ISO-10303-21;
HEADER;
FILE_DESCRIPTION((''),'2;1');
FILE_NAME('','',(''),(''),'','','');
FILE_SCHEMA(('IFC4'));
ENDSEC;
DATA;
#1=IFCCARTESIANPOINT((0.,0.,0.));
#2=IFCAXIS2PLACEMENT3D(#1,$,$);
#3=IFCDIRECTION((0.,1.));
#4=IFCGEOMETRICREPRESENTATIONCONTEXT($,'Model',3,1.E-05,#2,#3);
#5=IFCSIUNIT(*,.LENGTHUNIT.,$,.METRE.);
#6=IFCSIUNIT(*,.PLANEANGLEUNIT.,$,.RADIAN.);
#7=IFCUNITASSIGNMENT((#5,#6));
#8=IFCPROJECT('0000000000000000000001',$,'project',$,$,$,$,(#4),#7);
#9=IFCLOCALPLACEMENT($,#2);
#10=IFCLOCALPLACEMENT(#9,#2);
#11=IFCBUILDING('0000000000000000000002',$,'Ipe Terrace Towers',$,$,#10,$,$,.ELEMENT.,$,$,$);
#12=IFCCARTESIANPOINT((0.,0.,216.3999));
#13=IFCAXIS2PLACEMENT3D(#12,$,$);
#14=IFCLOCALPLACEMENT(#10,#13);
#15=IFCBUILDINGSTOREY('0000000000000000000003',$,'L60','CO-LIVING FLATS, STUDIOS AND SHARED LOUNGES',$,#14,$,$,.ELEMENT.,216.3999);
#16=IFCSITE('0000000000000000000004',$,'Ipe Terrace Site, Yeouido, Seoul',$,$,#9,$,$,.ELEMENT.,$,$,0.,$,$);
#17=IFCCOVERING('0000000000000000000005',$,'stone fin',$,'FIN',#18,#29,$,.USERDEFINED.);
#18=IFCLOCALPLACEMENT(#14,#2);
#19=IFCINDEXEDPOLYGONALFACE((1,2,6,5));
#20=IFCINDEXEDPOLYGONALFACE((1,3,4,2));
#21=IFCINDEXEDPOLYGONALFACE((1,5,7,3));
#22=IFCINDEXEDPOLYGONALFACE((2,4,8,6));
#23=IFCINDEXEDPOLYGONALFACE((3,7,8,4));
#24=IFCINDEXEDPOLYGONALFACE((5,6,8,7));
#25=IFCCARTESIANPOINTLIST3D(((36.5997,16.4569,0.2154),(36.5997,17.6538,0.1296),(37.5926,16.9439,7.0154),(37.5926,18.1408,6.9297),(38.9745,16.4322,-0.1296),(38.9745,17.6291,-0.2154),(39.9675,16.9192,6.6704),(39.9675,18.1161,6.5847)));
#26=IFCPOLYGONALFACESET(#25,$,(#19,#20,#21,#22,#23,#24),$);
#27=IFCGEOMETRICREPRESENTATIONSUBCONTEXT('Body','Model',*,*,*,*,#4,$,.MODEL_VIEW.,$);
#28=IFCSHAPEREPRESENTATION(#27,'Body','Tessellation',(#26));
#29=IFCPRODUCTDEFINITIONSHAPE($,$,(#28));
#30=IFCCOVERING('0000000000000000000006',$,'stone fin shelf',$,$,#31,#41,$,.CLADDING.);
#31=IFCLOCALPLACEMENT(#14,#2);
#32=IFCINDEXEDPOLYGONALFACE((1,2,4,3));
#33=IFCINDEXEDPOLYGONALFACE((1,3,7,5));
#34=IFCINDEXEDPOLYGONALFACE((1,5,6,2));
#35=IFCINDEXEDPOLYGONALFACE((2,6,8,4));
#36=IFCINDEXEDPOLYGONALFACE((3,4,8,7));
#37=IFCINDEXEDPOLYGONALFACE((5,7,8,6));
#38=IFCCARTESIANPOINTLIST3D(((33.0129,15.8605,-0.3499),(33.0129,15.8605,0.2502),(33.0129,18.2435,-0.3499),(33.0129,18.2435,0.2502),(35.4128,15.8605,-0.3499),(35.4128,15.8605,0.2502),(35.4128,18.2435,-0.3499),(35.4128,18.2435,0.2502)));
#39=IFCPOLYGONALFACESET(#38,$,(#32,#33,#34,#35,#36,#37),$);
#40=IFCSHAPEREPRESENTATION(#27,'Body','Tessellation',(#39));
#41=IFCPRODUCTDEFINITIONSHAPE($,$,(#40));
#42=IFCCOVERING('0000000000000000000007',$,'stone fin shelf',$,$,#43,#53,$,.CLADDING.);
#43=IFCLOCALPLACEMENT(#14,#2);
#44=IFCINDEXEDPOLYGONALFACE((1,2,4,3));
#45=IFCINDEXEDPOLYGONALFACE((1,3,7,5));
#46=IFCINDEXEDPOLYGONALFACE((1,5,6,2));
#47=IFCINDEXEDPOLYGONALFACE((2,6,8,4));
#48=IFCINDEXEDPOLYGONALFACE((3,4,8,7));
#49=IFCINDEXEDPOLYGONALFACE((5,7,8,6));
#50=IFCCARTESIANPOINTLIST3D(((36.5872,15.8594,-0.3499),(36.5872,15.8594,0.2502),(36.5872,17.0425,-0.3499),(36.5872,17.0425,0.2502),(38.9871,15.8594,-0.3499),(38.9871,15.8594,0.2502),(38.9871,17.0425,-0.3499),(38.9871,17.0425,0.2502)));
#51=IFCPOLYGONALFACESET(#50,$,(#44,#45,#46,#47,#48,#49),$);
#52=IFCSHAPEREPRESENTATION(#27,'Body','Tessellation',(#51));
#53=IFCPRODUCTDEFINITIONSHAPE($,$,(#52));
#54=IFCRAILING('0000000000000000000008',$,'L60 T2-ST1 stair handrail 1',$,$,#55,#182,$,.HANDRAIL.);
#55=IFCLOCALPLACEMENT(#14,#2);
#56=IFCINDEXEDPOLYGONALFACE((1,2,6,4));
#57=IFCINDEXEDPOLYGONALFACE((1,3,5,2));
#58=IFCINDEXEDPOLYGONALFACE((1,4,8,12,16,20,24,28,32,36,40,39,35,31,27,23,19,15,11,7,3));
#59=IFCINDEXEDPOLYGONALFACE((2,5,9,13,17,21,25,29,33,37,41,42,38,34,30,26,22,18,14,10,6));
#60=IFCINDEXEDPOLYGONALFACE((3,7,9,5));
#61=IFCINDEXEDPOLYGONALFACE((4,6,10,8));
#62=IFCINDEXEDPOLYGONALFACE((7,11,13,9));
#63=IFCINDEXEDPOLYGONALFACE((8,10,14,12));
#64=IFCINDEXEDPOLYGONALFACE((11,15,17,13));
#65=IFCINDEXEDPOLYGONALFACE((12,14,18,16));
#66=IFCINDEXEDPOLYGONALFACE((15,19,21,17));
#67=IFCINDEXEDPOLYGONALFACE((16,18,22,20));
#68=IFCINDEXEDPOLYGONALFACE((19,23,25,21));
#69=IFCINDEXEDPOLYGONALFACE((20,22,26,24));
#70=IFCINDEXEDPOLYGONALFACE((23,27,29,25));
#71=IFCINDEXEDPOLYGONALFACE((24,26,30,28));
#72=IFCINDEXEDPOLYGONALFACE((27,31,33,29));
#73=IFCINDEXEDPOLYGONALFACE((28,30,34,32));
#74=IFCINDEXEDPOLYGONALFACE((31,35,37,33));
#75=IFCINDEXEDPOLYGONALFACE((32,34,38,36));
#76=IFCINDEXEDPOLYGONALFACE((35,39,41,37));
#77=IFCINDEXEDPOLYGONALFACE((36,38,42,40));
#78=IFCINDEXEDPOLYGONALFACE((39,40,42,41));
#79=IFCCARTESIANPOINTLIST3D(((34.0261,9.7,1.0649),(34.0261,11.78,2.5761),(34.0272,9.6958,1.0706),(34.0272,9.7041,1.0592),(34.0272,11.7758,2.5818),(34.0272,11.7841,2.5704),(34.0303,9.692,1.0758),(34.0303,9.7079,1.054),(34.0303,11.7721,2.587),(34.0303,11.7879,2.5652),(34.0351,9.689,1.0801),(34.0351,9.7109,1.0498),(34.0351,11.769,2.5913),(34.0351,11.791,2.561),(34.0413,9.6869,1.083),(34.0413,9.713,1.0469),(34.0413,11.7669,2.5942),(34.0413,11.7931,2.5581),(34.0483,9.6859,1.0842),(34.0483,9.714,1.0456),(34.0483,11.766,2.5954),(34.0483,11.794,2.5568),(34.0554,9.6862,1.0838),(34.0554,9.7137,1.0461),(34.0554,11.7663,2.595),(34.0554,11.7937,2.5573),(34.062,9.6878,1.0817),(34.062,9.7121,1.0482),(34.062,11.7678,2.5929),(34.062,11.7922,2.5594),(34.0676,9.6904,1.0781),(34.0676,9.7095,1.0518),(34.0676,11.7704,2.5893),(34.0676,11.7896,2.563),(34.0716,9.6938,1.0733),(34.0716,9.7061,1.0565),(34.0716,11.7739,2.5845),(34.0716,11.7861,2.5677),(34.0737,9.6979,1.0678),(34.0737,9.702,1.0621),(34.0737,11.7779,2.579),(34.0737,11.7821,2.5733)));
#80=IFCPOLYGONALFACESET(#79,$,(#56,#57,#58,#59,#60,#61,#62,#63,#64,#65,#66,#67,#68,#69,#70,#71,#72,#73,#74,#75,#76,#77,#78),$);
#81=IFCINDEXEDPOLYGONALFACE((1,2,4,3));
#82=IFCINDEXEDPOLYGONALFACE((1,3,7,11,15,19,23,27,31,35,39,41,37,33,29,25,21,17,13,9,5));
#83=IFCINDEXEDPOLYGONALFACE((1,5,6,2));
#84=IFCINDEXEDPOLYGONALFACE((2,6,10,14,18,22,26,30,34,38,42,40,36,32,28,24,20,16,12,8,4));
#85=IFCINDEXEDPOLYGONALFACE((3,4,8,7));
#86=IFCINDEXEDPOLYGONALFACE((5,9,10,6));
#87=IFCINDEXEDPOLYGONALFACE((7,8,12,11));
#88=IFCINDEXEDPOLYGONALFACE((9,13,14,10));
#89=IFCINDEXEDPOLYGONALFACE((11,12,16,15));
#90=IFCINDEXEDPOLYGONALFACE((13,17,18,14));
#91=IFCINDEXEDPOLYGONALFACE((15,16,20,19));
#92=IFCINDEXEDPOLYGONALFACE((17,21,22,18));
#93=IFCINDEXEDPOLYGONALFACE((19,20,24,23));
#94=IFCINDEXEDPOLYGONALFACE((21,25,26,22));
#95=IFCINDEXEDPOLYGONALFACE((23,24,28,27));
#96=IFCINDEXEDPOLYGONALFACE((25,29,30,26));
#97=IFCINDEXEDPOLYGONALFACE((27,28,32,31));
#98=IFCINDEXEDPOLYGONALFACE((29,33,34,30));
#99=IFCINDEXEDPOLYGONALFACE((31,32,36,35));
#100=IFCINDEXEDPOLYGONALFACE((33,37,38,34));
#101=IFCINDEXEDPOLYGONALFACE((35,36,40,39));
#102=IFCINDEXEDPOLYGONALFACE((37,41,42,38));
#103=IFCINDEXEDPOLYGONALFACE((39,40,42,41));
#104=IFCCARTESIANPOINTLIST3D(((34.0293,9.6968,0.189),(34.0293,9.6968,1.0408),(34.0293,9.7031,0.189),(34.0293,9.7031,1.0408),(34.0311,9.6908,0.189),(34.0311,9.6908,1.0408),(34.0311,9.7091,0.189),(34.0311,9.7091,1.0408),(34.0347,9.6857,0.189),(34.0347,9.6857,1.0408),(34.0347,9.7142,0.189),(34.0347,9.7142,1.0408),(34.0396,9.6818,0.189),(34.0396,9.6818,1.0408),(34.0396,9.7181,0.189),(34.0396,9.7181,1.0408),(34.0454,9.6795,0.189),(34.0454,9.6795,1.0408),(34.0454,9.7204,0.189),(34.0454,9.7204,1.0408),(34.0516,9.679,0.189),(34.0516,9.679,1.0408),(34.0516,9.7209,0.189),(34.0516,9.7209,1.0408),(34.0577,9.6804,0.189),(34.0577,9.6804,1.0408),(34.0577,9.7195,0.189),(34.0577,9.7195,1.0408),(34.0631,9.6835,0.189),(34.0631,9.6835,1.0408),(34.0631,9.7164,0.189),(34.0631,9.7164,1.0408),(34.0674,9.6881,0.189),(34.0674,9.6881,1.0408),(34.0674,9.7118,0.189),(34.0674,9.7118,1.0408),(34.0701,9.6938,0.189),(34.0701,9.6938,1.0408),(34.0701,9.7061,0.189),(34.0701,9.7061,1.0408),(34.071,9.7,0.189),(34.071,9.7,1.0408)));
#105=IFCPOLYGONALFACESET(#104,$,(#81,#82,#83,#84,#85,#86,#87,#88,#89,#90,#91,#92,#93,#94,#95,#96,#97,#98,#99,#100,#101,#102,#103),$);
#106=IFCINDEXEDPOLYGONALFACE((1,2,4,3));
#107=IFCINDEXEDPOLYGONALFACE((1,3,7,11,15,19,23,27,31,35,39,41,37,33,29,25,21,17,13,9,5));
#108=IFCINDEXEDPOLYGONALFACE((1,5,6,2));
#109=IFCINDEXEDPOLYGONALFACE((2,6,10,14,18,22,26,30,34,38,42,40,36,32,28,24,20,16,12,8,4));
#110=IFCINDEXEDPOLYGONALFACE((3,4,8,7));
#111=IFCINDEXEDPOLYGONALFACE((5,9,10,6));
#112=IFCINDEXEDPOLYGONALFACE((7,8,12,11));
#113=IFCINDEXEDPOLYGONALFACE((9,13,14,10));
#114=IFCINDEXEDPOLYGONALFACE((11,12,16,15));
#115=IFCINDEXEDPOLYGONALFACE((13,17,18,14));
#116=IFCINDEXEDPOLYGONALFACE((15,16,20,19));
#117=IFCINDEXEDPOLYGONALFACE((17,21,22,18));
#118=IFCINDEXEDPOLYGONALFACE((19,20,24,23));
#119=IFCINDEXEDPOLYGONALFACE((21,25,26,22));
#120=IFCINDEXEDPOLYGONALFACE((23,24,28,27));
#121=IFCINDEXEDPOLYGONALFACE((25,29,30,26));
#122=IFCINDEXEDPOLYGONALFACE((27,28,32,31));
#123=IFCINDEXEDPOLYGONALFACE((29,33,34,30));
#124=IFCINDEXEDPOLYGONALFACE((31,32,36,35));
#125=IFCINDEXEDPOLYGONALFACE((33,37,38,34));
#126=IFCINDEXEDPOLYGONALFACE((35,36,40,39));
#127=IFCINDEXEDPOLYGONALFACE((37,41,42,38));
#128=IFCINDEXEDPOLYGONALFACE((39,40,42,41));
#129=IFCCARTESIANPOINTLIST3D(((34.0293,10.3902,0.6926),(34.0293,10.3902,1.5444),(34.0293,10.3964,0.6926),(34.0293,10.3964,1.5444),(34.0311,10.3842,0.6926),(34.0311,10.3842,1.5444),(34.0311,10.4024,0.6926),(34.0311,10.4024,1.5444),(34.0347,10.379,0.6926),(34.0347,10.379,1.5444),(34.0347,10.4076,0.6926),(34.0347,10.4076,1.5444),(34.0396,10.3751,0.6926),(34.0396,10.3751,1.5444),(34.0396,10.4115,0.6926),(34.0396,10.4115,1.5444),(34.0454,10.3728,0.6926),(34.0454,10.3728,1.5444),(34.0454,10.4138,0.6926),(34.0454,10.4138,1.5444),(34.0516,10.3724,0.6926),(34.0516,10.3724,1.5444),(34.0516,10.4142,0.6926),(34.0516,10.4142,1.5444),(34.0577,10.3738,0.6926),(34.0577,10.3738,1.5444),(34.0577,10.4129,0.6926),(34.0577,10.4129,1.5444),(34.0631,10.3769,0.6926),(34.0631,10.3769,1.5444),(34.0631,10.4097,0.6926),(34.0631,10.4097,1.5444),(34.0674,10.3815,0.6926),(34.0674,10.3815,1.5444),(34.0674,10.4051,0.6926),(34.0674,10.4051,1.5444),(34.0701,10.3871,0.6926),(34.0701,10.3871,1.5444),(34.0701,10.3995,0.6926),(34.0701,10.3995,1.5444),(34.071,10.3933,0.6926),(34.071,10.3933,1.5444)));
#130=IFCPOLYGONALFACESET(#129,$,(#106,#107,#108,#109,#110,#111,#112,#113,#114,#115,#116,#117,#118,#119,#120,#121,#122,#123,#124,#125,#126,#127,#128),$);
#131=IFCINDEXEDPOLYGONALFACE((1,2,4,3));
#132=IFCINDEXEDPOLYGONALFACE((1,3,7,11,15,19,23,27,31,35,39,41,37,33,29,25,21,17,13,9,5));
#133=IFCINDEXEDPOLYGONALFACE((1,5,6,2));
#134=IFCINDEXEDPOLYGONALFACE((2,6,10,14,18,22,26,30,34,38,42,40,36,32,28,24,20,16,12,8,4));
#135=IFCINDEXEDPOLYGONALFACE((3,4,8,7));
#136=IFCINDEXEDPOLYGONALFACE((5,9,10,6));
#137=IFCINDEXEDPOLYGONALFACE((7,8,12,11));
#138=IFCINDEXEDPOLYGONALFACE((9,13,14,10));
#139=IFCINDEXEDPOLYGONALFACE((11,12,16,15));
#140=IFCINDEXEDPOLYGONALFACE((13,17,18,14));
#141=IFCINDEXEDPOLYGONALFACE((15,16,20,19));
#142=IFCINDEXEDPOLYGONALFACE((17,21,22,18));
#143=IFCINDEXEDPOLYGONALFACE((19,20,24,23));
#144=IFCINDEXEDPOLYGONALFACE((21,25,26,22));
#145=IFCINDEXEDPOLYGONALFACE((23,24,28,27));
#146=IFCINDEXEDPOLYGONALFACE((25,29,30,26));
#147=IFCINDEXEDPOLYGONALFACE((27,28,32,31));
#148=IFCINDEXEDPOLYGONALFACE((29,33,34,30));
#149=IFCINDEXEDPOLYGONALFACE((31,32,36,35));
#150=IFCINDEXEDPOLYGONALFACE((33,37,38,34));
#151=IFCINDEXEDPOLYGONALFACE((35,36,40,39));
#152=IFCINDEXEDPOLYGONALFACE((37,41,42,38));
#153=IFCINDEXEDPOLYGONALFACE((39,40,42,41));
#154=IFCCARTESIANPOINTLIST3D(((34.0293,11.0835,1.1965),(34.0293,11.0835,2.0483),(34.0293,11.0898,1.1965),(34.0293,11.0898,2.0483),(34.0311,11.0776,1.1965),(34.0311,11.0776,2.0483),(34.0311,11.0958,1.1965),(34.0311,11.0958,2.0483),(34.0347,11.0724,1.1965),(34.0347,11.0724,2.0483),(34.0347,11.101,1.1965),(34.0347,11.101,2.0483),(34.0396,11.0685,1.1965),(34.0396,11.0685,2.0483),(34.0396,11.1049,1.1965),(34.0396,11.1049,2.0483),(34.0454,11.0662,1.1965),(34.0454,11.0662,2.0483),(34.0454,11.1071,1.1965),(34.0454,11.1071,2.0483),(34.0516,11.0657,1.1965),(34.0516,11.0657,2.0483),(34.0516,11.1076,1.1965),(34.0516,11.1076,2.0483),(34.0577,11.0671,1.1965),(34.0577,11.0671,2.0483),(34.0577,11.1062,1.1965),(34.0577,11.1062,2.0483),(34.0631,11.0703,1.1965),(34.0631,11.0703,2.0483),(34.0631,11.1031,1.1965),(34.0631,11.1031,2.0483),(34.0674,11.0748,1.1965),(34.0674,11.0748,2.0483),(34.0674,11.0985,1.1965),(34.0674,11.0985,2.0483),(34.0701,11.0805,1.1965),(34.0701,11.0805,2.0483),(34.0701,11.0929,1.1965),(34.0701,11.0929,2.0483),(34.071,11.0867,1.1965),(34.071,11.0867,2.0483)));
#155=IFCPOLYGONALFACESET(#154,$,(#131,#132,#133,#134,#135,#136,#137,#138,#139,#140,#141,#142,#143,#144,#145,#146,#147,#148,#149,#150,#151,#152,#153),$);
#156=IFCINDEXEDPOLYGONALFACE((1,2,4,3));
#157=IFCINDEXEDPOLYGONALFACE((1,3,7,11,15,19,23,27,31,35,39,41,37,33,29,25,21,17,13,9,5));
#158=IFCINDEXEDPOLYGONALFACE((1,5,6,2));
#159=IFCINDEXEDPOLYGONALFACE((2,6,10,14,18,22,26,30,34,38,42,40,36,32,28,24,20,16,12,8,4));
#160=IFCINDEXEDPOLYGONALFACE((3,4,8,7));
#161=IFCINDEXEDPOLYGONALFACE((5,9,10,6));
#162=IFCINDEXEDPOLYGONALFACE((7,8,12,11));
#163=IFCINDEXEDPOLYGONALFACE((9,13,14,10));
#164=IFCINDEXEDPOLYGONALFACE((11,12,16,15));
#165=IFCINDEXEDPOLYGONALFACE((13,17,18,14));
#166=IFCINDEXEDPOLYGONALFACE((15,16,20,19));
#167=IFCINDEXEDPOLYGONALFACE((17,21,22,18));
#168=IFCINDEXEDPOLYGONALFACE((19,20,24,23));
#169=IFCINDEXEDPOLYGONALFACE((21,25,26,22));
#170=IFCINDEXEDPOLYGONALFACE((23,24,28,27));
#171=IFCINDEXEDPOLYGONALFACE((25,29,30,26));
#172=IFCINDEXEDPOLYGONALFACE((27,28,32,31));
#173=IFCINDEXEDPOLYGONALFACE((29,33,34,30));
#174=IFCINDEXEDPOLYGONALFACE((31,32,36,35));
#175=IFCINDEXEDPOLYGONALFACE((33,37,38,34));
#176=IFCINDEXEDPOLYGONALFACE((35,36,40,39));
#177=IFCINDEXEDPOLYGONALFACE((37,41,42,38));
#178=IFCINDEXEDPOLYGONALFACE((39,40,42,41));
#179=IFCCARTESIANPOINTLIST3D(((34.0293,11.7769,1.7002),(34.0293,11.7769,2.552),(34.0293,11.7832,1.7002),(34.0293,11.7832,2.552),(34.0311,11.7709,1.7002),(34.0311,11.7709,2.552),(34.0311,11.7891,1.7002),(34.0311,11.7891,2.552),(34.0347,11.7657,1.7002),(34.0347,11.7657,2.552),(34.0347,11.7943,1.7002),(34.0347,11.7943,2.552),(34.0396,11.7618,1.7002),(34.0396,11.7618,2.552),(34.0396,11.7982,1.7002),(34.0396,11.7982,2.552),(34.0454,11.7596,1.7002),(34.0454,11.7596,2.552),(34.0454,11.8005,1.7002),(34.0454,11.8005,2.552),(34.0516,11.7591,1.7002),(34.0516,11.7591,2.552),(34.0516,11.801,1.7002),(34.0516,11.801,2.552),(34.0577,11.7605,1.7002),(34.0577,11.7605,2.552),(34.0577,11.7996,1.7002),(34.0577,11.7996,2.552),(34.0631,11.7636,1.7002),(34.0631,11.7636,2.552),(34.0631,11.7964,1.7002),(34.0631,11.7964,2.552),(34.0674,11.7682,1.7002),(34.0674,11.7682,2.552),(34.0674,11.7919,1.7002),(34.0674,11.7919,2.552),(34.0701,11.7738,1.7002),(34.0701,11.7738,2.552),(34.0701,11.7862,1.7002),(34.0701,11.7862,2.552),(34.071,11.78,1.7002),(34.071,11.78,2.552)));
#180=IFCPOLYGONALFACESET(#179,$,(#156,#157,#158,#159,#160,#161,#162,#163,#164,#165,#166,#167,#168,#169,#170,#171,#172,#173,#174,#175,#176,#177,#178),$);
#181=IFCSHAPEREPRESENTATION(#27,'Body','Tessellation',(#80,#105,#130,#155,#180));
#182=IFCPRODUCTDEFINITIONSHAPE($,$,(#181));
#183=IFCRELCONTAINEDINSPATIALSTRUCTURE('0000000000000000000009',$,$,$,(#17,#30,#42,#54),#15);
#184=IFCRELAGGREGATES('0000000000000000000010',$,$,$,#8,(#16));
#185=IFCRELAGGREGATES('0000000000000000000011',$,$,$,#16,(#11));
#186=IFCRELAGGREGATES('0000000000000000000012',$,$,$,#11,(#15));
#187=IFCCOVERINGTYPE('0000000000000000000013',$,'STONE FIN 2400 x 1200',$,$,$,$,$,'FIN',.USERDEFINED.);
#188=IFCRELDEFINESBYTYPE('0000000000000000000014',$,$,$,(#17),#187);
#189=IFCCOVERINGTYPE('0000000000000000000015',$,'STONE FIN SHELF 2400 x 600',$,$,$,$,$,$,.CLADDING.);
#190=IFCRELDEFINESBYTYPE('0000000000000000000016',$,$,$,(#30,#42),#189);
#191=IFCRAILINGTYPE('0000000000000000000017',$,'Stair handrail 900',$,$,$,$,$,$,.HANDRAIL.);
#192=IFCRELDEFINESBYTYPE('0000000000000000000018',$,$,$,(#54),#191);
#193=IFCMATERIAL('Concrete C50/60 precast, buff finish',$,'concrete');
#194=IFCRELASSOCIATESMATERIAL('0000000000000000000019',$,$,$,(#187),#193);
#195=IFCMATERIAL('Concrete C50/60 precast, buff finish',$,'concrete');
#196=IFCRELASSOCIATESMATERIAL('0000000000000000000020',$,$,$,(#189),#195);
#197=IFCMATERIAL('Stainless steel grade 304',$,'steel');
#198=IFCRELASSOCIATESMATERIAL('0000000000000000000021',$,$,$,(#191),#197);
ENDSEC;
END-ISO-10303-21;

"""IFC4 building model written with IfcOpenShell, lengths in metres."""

from ifc_helpers import new_model, si_unit, direction, frame, origin, origin_2d, place, context, subcontext, project, spatial, rectangle, circle, extrude, material, material_profile, profile_set, type_object, element, save


model = new_model("IFC4")

# Units and contexts
model_context = context("Model", 3, precision=1e-05, world=origin(), true_north=direction((0.0, 1.0)))
body_context = subcontext(model_context, "Body", "Model", "MODEL_VIEW")
ifc_project = project(units=[si_unit("LENGTHUNIT", "METRE"), si_unit("PLANEANGLEUNIT", "RADIAN")], contexts=[model_context])

# Site, building, storey
site_placement = place(None, origin())
site = spatial("IfcSite", under=ifc_project, at=site_placement, Name="Ipe Terrace Site, Yeouido, Seoul", CompositionType="ELEMENT", RefElevation=0.0)
building_placement = place(site_placement, origin())
building = spatial("IfcBuilding", under=site, at=building_placement, Name="Ipe Terrace Towers", CompositionType="ELEMENT")
storey_placement = place(building_placement, frame((0.0, 0.0, 216.3999)))
storey = spatial("IfcBuildingStorey", under=building, at=storey_placement, Name="L60", Description="CO-LIVING FLATS, STUDIOS AND SHARED LOUNGES", CompositionType="ELEMENT", Elevation=216.3999)

# Coverings
ifc_material_1 = material(Name="Concrete C50/60 precast, buff finish", Category="concrete")
ifc_material_profile_1 = material_profile(ifc_material_1, rectangle(XDim=2.3999, YDim=1.2, at=origin_2d()), Name="STONE FIN 2400 x 1200")
ifc_profile_set_1 = profile_set([ifc_material_profile_1], Name="Concrete C50/60 precast, buff finish")
covering_type_1 = type_object("IfcCoveringType", Name="STONE FIN 2400 x 1200", ElementType="FIN", PredefinedType="USERDEFINED", material=ifc_profile_set_1)
covering_1_placement = place(storey_placement, frame((37.7871, 17.043, 0.0), z_axis=(0.144123, 0.070697, 0.987031), x_axis=(-0.98956, 0.010297, 0.143755)))
element("IfcCovering", 1, at=covering_1_placement, inside=storey, type_object=covering_type_1, Name="stone fin", ObjectType="FIN", PredefinedType="USERDEFINED", context=body_context, shape_type="SweptSolid", body=[
    extrude(rectangle(XDim=2.3999, YDim=1.2, at=origin_2d()), origin(), (0.0, 0.0, 1.0), 6.8894),
])
ifc_material_2 = material(Name="Concrete C50/60 precast, buff finish", Category="concrete")
covering_type_2 = type_object("IfcCoveringType", Name="STONE FIN SHELF 2400 x 600", PredefinedType="CLADDING", material=ifc_material_2)
covering_2_placement = place(storey_placement, frame((34.2129, 17.052, -0.3499), z_axis=(0.0, 0.0, 1.0), x_axis=(-1.0, 0.0, 0.0)))
element("IfcCovering", 2, at=covering_2_placement, inside=storey, type_object=covering_type_2, Name="stone fin shelf", PredefinedType="CLADDING", context=body_context, shape_type="SweptSolid", body=[
    extrude(rectangle(XDim=2.3999, YDim=2.3831, at=origin_2d()), origin(), (0.0, 0.0, 1.0), 0.6001),
])
covering_3_placement = place(storey_placement, frame((37.7871, 16.4509, -0.3499), z_axis=(0.0, 0.0, 1.0), x_axis=(-1.0, 0.0, 0.0)))
element("IfcCovering", 3, at=covering_3_placement, inside=storey, type_object=covering_type_2, Name="stone fin shelf", PredefinedType="CLADDING", context=body_context, shape_type="SweptSolid", body=[
    extrude(rectangle(XDim=2.3999, YDim=1.1831, at=origin_2d()), origin(), (0.0, 0.0, 1.0), 0.6001),
])

# Railing
ifc_material_3 = material(Name="Stainless steel grade 304", Category="steel")
railing_type = type_object("IfcRailingType", Name="Stair handrail 900", PredefinedType="HANDRAIL", material=ifc_material_3)
railing_placement = place(storey_placement, frame((34.05, 9.7, 0.189)))
element("IfcRailing", 4, at=railing_placement, inside=storey, type_object=railing_type, Name="L60 T2-ST1 stair handrail 1", PredefinedType="HANDRAIL", context=body_context, shape_type="SweptSolid", body=[
    extrude(circle(Radius=0.0239, at=origin_2d()), frame((0.0, 0.0, 0.876), z_axis=(0.0, 0.809023, 0.587776), x_axis=(-1.0, 0.0, 0.0)), (0.0, 0.0, 1.0), 2.571),
    extrude(circle(Radius=0.021, at=origin_2d()), origin(), (0.0, 0.0, 1.0), 0.8518),
    extrude(circle(Radius=0.021, at=origin_2d()), frame((0.0, 0.6934, 0.5037)), (0.0, 0.0, 1.0), 0.8518),
    extrude(circle(Radius=0.021, at=origin_2d()), frame((0.0, 1.3867, 1.0076)), (0.0, 0.0, 1.0), 0.8518),
    extrude(circle(Radius=0.021, at=origin_2d()), frame((0.0, 2.0801, 1.5112)), (0.0, 0.0, 1.0), 0.8518),
])

save(model, "model.ifc")
